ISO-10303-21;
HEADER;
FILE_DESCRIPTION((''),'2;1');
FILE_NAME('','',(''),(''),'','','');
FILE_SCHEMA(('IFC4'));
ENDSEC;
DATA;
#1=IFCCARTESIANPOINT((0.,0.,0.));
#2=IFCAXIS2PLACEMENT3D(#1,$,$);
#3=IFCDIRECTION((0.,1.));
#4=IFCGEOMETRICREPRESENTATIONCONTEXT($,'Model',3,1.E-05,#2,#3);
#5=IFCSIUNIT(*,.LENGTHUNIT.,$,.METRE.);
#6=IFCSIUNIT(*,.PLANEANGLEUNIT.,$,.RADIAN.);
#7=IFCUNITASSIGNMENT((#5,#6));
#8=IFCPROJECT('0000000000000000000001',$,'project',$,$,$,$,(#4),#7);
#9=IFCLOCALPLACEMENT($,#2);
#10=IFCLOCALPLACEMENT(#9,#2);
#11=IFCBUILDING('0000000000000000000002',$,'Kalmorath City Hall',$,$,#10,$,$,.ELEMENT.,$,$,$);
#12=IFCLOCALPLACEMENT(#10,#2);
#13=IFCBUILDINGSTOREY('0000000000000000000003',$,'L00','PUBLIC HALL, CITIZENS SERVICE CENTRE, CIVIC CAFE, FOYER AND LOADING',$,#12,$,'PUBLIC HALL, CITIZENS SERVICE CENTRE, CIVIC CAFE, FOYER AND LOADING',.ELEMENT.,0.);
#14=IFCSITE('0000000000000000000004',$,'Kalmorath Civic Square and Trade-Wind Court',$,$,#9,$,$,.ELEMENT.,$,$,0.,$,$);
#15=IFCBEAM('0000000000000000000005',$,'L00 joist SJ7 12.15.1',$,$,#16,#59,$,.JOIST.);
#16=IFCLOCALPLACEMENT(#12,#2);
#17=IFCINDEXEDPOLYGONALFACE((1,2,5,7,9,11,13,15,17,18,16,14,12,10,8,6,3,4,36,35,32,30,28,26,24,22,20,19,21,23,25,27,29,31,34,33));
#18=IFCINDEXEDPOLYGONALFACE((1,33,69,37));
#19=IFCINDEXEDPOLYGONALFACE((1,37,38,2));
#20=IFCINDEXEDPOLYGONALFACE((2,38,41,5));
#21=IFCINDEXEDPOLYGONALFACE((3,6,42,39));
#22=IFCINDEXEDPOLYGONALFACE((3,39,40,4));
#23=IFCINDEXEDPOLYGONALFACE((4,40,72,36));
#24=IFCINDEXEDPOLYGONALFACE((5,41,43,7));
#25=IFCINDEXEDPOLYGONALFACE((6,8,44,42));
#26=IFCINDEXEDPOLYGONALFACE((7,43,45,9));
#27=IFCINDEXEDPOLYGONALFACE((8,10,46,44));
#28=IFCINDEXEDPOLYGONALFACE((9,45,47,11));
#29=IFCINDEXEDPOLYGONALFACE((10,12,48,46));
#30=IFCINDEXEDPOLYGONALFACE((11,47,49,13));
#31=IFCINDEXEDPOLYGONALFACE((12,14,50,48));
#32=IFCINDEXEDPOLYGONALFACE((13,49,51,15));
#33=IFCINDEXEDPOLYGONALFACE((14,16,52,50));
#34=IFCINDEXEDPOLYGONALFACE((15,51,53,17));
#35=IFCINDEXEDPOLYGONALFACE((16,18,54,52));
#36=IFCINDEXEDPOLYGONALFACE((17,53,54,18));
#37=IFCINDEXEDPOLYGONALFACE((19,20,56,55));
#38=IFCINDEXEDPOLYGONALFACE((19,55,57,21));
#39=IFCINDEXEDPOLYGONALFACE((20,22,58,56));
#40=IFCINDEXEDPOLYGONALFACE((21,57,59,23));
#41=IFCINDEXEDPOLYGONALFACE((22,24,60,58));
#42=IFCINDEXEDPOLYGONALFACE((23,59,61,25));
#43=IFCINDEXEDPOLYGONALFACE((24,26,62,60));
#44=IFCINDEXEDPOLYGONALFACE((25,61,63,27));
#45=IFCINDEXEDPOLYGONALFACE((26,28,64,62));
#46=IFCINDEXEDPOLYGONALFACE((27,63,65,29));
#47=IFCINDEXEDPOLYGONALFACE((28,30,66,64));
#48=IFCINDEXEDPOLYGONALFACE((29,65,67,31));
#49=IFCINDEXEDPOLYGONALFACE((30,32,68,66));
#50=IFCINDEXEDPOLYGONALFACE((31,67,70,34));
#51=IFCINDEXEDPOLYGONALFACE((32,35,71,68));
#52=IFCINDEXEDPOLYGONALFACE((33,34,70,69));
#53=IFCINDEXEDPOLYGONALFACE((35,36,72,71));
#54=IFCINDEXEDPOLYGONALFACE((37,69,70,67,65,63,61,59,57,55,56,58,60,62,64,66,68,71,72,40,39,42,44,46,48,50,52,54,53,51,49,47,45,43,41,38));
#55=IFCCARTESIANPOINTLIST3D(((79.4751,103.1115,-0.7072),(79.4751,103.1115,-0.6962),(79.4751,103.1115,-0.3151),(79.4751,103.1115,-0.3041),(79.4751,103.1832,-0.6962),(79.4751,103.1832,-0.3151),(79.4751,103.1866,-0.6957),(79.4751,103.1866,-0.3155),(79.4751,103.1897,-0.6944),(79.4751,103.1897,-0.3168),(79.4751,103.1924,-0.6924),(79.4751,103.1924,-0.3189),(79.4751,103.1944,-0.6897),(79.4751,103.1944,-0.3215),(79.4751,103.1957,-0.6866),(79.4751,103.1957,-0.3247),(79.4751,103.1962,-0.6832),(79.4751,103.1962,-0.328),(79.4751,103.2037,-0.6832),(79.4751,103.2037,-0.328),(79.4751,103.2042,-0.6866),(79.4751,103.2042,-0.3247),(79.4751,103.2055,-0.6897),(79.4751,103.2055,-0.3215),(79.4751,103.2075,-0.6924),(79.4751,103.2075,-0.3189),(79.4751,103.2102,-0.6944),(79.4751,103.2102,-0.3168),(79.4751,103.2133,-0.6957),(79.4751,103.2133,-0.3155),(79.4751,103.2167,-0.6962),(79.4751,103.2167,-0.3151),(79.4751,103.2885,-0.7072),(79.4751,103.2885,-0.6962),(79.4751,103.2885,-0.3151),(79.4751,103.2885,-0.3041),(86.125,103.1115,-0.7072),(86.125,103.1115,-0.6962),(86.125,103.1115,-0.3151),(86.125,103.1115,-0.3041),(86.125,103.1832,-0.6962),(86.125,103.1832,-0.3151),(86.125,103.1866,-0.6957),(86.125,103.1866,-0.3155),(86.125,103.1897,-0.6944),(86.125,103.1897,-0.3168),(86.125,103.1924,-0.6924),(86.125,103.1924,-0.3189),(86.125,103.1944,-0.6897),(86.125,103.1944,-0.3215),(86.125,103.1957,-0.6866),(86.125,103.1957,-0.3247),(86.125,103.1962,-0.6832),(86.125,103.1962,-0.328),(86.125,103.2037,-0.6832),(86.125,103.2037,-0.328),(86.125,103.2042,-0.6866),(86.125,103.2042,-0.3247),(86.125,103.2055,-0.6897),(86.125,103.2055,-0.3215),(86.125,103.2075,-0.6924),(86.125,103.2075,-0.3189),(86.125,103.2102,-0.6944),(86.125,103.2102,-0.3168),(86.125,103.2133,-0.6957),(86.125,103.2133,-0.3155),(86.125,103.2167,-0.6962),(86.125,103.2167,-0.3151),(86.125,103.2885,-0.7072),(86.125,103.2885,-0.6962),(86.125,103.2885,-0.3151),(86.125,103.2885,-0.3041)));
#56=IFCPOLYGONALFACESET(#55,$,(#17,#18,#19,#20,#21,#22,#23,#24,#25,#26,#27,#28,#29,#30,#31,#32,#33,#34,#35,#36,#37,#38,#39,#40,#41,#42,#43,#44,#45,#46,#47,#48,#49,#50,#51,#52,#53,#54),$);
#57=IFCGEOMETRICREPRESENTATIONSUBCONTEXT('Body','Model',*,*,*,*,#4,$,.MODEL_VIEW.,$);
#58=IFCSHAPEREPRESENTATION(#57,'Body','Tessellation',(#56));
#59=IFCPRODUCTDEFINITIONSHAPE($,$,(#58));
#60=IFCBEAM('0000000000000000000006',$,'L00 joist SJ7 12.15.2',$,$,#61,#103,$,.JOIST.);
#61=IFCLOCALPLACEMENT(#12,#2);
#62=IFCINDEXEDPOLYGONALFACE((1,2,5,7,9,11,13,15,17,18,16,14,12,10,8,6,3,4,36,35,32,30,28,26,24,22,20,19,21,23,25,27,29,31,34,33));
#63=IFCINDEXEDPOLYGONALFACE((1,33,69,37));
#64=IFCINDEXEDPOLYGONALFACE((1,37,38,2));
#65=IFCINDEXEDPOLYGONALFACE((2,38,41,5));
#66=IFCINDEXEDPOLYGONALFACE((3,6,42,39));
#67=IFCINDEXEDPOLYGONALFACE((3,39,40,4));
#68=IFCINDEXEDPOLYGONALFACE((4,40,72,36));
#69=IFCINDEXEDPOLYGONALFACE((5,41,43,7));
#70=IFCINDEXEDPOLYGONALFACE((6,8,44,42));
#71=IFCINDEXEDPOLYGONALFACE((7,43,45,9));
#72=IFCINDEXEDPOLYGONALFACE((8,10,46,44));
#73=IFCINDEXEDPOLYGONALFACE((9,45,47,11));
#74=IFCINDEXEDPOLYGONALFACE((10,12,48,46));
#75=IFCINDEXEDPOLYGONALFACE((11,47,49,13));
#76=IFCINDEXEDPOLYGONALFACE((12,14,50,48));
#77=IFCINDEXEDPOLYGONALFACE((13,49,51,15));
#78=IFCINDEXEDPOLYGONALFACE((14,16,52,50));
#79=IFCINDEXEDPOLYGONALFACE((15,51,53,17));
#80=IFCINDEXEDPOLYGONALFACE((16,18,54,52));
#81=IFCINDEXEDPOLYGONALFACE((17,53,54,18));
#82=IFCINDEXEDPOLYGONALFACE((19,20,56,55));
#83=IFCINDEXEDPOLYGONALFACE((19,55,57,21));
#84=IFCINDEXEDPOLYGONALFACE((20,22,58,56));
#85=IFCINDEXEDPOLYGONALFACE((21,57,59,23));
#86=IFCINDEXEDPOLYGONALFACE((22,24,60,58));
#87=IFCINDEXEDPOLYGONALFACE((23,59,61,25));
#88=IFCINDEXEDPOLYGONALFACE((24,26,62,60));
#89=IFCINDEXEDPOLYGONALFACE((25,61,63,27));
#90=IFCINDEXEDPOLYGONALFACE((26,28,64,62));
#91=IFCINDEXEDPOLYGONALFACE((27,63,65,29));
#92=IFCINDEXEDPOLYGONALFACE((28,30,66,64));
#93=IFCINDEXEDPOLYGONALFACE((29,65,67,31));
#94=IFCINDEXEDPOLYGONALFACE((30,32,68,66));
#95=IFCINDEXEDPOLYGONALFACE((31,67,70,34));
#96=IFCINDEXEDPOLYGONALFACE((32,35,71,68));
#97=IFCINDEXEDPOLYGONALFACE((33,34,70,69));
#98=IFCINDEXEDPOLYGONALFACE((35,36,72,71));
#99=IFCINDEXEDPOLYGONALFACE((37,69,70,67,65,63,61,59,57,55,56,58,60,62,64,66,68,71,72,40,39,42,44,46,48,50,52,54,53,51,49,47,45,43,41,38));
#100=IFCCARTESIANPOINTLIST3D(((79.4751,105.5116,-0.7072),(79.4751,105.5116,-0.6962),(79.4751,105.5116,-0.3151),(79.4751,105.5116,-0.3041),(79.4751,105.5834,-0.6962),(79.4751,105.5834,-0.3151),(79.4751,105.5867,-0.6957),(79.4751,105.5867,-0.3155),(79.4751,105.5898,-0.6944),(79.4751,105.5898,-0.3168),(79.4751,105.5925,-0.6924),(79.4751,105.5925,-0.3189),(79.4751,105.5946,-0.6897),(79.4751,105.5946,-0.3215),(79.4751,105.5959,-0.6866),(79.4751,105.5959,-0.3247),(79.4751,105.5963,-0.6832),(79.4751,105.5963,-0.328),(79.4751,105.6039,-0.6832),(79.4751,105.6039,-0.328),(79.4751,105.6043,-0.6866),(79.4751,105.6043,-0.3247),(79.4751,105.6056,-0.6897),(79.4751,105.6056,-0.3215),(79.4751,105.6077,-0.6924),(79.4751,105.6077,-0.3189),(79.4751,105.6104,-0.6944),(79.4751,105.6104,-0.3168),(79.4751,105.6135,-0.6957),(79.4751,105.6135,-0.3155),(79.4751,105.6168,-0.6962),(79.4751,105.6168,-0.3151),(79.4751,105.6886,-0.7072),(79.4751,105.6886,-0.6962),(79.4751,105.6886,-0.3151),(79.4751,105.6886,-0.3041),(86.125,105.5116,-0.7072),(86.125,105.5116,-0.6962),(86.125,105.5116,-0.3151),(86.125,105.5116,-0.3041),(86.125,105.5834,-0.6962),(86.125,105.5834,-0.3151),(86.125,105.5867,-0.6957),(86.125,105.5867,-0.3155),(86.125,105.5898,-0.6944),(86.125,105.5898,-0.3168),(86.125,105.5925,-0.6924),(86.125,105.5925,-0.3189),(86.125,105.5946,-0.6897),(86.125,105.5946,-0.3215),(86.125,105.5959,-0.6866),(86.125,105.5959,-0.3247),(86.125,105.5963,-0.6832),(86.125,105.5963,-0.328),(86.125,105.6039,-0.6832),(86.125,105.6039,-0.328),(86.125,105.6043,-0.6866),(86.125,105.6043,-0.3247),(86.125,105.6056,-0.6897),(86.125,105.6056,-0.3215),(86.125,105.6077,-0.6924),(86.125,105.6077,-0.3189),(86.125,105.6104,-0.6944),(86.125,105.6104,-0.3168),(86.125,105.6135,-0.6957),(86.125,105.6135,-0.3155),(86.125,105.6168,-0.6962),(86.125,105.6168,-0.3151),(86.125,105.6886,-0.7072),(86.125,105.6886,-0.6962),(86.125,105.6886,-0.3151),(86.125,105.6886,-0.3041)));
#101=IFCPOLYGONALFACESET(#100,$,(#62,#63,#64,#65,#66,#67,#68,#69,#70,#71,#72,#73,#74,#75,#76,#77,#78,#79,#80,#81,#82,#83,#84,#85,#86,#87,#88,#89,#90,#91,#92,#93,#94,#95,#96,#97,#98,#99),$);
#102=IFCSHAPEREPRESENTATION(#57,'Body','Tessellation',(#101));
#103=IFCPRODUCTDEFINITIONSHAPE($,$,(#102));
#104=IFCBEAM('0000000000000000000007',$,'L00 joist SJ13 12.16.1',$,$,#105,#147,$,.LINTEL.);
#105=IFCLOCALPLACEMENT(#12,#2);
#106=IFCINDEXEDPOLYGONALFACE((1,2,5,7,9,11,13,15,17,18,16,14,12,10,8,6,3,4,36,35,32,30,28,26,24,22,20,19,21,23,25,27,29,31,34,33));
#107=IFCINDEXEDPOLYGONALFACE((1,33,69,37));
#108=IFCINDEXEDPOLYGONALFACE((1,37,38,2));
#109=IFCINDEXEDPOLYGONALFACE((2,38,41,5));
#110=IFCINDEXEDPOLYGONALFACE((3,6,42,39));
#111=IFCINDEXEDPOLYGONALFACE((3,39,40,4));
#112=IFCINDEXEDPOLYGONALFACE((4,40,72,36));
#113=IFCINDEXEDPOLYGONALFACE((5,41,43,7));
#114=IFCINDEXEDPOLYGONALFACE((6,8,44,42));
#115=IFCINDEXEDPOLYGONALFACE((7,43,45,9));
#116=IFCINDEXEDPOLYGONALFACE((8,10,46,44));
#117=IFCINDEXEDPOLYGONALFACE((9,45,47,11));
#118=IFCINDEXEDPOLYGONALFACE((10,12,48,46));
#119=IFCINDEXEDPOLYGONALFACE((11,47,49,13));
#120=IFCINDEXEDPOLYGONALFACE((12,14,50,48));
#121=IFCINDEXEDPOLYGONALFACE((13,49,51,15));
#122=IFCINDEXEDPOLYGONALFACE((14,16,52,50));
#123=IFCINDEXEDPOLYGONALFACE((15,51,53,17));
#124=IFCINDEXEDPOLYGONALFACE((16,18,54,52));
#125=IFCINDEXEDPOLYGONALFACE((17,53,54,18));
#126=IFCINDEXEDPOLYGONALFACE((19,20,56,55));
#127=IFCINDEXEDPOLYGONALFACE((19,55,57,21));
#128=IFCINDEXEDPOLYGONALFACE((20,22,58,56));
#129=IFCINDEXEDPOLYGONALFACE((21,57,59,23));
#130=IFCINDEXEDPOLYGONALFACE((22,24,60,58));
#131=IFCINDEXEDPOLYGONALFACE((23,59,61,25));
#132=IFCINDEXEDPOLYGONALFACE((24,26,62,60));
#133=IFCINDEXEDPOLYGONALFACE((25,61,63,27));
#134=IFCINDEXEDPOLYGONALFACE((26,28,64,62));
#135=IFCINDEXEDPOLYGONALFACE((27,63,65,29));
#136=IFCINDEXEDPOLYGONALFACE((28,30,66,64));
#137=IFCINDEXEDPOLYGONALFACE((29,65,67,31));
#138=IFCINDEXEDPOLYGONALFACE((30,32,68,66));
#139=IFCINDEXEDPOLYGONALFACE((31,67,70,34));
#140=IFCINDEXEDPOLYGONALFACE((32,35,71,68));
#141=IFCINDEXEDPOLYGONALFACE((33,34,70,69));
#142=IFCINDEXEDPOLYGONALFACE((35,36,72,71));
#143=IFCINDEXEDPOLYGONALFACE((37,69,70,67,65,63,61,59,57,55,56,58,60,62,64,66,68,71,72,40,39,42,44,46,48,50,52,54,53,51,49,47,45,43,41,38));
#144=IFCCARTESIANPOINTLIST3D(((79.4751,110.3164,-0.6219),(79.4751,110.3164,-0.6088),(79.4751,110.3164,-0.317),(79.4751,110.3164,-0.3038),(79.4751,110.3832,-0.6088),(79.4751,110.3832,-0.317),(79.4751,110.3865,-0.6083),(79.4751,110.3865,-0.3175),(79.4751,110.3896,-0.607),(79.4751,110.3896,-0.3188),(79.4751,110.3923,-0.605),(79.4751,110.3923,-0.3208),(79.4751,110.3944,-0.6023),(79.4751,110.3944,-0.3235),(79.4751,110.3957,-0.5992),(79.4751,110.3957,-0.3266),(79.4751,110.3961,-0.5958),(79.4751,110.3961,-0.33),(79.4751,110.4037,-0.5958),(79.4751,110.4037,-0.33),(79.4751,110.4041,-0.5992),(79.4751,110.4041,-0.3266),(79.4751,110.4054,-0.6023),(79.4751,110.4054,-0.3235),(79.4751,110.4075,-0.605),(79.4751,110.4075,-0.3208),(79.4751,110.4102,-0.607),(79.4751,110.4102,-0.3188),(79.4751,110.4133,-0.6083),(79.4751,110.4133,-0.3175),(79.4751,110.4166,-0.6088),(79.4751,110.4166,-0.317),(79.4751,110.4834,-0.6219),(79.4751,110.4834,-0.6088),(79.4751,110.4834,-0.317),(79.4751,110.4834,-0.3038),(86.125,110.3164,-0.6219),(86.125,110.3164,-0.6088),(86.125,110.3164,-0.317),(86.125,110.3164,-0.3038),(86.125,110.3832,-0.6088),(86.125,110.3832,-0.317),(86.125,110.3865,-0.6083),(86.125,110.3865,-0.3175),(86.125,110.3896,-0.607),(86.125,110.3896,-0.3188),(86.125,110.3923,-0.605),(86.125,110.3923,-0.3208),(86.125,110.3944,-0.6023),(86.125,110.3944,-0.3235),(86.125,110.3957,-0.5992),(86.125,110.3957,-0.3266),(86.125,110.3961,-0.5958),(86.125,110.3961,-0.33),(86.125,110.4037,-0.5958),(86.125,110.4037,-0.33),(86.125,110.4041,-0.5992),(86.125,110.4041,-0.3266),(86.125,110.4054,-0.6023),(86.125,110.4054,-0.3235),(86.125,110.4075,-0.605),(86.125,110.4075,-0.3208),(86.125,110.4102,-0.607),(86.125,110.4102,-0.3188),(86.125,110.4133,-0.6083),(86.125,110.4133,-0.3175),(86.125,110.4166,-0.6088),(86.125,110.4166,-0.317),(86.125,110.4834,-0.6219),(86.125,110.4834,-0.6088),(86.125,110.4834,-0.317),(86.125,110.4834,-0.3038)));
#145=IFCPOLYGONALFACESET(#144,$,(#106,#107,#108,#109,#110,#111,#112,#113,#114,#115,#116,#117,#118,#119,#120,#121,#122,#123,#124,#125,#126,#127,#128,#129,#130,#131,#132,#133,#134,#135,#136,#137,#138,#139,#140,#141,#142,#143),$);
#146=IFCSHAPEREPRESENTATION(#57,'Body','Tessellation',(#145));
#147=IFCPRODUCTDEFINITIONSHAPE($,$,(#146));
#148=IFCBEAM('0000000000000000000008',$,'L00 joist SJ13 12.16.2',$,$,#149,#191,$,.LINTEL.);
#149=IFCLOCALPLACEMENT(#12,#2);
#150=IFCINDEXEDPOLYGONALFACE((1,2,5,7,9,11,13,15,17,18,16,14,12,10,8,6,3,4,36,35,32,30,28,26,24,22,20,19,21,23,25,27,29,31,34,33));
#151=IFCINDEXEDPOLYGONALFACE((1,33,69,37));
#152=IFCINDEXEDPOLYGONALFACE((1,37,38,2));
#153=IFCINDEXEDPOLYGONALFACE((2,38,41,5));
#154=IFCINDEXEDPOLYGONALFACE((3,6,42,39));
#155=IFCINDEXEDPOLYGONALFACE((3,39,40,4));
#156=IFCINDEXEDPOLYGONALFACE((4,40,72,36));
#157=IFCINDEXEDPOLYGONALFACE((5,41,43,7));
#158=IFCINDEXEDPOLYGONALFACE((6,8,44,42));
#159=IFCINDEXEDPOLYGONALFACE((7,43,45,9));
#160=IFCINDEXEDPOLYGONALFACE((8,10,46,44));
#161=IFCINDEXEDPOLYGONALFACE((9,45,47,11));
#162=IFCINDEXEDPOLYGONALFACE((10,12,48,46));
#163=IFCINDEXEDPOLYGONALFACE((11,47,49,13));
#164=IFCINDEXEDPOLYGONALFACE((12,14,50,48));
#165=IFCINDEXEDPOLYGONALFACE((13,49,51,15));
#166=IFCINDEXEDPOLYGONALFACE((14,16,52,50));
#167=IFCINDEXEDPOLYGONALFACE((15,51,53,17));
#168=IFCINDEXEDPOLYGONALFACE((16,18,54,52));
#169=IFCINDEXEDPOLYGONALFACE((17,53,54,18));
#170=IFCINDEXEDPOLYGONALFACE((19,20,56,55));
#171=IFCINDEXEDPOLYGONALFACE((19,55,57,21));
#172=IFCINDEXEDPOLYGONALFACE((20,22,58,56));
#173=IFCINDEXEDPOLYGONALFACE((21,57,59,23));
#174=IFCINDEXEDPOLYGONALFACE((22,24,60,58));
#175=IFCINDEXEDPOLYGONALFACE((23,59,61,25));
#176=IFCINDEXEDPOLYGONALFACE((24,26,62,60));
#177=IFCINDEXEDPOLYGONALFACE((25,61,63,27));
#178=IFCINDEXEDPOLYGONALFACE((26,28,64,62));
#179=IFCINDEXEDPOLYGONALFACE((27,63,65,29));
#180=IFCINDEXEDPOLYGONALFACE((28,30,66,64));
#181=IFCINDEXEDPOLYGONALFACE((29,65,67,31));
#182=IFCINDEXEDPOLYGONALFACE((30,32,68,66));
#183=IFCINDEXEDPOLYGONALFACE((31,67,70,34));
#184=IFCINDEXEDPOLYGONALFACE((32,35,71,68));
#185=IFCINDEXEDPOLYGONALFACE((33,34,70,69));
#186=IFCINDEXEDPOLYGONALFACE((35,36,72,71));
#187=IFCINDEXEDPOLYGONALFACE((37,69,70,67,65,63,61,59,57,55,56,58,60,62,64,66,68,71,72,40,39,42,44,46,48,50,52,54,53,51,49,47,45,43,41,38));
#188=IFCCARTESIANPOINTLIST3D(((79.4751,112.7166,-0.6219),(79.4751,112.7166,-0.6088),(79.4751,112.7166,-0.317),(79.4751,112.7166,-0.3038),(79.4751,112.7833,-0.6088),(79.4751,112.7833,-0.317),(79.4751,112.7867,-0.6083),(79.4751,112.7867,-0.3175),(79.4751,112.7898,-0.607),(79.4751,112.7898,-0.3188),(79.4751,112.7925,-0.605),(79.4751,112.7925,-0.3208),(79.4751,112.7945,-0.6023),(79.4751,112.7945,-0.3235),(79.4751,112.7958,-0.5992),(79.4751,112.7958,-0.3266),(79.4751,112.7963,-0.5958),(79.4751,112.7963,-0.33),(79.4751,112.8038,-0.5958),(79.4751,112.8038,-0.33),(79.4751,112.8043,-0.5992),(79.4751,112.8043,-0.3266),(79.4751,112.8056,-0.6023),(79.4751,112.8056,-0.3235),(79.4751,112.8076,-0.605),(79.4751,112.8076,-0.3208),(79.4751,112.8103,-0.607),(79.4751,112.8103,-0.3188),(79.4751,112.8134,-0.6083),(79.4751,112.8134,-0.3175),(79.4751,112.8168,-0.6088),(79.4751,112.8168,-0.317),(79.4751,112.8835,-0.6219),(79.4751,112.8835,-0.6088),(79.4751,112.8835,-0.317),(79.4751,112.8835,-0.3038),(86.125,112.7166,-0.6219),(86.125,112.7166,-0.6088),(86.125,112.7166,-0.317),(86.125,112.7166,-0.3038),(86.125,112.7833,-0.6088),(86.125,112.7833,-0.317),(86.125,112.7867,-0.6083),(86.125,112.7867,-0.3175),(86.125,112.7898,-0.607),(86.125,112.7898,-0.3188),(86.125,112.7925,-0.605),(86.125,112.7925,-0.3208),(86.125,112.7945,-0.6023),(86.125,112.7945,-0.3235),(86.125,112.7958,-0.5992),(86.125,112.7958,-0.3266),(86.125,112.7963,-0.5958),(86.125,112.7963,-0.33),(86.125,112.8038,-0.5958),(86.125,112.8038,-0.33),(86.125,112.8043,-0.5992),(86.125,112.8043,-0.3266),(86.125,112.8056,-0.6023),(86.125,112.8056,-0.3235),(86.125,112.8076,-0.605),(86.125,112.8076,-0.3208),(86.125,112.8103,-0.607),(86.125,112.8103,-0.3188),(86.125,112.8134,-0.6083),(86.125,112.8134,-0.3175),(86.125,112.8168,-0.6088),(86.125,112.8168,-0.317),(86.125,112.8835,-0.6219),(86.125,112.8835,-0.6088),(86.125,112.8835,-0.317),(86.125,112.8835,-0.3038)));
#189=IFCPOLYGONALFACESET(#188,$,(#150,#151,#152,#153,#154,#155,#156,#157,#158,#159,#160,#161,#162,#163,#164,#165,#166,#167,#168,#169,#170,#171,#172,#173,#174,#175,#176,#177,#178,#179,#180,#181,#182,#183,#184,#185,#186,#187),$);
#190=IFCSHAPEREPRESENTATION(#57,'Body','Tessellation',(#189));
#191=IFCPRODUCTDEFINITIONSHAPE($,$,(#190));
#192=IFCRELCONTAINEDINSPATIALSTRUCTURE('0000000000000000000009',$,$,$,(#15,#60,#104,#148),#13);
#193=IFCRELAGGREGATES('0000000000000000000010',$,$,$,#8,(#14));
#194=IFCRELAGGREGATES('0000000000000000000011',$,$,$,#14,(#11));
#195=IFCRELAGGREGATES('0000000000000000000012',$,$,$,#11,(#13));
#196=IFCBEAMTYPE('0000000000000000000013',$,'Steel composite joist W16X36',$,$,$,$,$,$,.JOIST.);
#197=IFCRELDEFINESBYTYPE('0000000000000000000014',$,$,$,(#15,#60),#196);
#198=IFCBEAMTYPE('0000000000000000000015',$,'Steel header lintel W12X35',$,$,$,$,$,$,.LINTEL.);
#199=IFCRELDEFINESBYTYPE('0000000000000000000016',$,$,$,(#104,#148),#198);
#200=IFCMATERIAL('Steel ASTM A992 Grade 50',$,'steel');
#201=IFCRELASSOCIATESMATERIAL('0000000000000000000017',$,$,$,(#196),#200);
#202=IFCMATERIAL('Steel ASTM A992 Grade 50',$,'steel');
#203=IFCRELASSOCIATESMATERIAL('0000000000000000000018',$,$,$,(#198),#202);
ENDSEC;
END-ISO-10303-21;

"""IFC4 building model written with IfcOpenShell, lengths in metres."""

from ifc_helpers import new_model, si_unit, direction, frame, origin, origin_2d, place, context, subcontext, project, spatial, i_section, extrude, material, material_profile, profile_set, type_object, element, save


model = new_model("IFC4")

# Units and contexts
model_context = context("Model", 3, precision=1e-05, world=origin(), true_north=direction((0.0, 1.0)))
body_context = subcontext(model_context, "Body", "Model", "MODEL_VIEW")
ifc_project = project(units=[si_unit("LENGTHUNIT", "METRE"), si_unit("PLANEANGLEUNIT", "RADIAN")], contexts=[model_context])

# Site, building, storey
site_placement = place(None, origin())
site = spatial("IfcSite", under=ifc_project, at=site_placement, Name="Kalmorath Civic Square and Trade-Wind Court", CompositionType="ELEMENT", RefElevation=0.0)
building_placement = place(site_placement, origin())
building = spatial("IfcBuilding", under=site, at=building_placement, Name="Kalmorath City Hall", CompositionType="ELEMENT")
storey_placement = place(building_placement, origin())
storey = spatial("IfcBuildingStorey", under=building, at=storey_placement, Name="L00", Description="PUBLIC HALL, CITIZENS SERVICE CENTRE, CIVIC CAFE, FOYER AND LOADING", LongName="PUBLIC HALL, CITIZENS SERVICE CENTRE, CIVIC CAFE, FOYER AND LOADING", CompositionType="ELEMENT", Elevation=0.0)

# Beams
ifc_material_1 = material(Name="Steel ASTM A992 Grade 50", Category="steel")
ifc_material_profile_1 = material_profile(ifc_material_1, i_section(OverallWidth=0.177, OverallDepth=0.4031, WebThickness=0.0076, FlangeThickness=0.011, FilletRadius=0.0129, at=origin_2d()), Name="W16X36")
ifc_profile_set_1 = profile_set([ifc_material_profile_1], Name="Steel ASTM A992 Grade 50")
beam_type_1 = type_object("IfcBeamType", Name="Steel composite joist W16X36", PredefinedType="JOIST", material=ifc_profile_set_1)
for number, where, z_axis, x_axis, name in (
    (1, (79.4751, 103.2, -0.5056), (1.0, 0.0, 0.0), (0.0, 1.0, 0.0), "L00 joist SJ7 12.15.1"),
    (2, (79.4751, 105.6001, -0.5056), (1.0, 0.0, 0.0), (0.0, 1.0, 0.0), "L00 joist SJ7 12.15.2"),
):
    element("IfcBeam", number, at=place(storey_placement, frame(where, z_axis=z_axis, x_axis=x_axis)), inside=storey, type_object=beam_type_1, Name=name, PredefinedType="JOIST", context=body_context, shape_type="SweptSolid", body=[
        extrude(i_section(OverallWidth=0.177, OverallDepth=0.4031, WebThickness=0.0076, FlangeThickness=0.011, FilletRadius=0.0129, at=origin_2d()), origin(), (0.0, 0.0, 1.0), 6.6499),
    ])
ifc_material_2 = material(Name="Steel ASTM A992 Grade 50", Category="steel")
ifc_material_profile_2 = material_profile(ifc_material_2, i_section(OverallWidth=0.167, OverallDepth=0.3181, WebThickness=0.0076, FlangeThickness=0.0132, FilletRadius=0.0129, at=origin_2d()), Name="W12X35")
ifc_profile_set_2 = profile_set([ifc_material_profile_2], Name="Steel ASTM A992 Grade 50")
beam_type_2 = type_object("IfcBeamType", Name="Steel header lintel W12X35", PredefinedType="LINTEL", material=ifc_profile_set_2)
for number, where, z_axis, x_axis, name in (
    (3, (79.4751, 110.3999, -0.4629), (1.0, 0.0, 0.0), (0.0, 1.0, 0.0), "L00 joist SJ13 12.16.1"),
    (4, (79.4751, 112.8, -0.4629), (1.0, 0.0, 0.0), (0.0, 1.0, 0.0), "L00 joist SJ13 12.16.2"),
):
    element("IfcBeam", number, at=place(storey_placement, frame(where, z_axis=z_axis, x_axis=x_axis)), inside=storey, type_object=beam_type_2, Name=name, PredefinedType="LINTEL", context=body_context, shape_type="SweptSolid", body=[
        extrude(i_section(OverallWidth=0.167, OverallDepth=0.3181, WebThickness=0.0076, FlangeThickness=0.0132, FilletRadius=0.0129, at=origin_2d()), origin(), (0.0, 0.0, 1.0), 6.6499),
    ])

save(model, "model.ifc")
